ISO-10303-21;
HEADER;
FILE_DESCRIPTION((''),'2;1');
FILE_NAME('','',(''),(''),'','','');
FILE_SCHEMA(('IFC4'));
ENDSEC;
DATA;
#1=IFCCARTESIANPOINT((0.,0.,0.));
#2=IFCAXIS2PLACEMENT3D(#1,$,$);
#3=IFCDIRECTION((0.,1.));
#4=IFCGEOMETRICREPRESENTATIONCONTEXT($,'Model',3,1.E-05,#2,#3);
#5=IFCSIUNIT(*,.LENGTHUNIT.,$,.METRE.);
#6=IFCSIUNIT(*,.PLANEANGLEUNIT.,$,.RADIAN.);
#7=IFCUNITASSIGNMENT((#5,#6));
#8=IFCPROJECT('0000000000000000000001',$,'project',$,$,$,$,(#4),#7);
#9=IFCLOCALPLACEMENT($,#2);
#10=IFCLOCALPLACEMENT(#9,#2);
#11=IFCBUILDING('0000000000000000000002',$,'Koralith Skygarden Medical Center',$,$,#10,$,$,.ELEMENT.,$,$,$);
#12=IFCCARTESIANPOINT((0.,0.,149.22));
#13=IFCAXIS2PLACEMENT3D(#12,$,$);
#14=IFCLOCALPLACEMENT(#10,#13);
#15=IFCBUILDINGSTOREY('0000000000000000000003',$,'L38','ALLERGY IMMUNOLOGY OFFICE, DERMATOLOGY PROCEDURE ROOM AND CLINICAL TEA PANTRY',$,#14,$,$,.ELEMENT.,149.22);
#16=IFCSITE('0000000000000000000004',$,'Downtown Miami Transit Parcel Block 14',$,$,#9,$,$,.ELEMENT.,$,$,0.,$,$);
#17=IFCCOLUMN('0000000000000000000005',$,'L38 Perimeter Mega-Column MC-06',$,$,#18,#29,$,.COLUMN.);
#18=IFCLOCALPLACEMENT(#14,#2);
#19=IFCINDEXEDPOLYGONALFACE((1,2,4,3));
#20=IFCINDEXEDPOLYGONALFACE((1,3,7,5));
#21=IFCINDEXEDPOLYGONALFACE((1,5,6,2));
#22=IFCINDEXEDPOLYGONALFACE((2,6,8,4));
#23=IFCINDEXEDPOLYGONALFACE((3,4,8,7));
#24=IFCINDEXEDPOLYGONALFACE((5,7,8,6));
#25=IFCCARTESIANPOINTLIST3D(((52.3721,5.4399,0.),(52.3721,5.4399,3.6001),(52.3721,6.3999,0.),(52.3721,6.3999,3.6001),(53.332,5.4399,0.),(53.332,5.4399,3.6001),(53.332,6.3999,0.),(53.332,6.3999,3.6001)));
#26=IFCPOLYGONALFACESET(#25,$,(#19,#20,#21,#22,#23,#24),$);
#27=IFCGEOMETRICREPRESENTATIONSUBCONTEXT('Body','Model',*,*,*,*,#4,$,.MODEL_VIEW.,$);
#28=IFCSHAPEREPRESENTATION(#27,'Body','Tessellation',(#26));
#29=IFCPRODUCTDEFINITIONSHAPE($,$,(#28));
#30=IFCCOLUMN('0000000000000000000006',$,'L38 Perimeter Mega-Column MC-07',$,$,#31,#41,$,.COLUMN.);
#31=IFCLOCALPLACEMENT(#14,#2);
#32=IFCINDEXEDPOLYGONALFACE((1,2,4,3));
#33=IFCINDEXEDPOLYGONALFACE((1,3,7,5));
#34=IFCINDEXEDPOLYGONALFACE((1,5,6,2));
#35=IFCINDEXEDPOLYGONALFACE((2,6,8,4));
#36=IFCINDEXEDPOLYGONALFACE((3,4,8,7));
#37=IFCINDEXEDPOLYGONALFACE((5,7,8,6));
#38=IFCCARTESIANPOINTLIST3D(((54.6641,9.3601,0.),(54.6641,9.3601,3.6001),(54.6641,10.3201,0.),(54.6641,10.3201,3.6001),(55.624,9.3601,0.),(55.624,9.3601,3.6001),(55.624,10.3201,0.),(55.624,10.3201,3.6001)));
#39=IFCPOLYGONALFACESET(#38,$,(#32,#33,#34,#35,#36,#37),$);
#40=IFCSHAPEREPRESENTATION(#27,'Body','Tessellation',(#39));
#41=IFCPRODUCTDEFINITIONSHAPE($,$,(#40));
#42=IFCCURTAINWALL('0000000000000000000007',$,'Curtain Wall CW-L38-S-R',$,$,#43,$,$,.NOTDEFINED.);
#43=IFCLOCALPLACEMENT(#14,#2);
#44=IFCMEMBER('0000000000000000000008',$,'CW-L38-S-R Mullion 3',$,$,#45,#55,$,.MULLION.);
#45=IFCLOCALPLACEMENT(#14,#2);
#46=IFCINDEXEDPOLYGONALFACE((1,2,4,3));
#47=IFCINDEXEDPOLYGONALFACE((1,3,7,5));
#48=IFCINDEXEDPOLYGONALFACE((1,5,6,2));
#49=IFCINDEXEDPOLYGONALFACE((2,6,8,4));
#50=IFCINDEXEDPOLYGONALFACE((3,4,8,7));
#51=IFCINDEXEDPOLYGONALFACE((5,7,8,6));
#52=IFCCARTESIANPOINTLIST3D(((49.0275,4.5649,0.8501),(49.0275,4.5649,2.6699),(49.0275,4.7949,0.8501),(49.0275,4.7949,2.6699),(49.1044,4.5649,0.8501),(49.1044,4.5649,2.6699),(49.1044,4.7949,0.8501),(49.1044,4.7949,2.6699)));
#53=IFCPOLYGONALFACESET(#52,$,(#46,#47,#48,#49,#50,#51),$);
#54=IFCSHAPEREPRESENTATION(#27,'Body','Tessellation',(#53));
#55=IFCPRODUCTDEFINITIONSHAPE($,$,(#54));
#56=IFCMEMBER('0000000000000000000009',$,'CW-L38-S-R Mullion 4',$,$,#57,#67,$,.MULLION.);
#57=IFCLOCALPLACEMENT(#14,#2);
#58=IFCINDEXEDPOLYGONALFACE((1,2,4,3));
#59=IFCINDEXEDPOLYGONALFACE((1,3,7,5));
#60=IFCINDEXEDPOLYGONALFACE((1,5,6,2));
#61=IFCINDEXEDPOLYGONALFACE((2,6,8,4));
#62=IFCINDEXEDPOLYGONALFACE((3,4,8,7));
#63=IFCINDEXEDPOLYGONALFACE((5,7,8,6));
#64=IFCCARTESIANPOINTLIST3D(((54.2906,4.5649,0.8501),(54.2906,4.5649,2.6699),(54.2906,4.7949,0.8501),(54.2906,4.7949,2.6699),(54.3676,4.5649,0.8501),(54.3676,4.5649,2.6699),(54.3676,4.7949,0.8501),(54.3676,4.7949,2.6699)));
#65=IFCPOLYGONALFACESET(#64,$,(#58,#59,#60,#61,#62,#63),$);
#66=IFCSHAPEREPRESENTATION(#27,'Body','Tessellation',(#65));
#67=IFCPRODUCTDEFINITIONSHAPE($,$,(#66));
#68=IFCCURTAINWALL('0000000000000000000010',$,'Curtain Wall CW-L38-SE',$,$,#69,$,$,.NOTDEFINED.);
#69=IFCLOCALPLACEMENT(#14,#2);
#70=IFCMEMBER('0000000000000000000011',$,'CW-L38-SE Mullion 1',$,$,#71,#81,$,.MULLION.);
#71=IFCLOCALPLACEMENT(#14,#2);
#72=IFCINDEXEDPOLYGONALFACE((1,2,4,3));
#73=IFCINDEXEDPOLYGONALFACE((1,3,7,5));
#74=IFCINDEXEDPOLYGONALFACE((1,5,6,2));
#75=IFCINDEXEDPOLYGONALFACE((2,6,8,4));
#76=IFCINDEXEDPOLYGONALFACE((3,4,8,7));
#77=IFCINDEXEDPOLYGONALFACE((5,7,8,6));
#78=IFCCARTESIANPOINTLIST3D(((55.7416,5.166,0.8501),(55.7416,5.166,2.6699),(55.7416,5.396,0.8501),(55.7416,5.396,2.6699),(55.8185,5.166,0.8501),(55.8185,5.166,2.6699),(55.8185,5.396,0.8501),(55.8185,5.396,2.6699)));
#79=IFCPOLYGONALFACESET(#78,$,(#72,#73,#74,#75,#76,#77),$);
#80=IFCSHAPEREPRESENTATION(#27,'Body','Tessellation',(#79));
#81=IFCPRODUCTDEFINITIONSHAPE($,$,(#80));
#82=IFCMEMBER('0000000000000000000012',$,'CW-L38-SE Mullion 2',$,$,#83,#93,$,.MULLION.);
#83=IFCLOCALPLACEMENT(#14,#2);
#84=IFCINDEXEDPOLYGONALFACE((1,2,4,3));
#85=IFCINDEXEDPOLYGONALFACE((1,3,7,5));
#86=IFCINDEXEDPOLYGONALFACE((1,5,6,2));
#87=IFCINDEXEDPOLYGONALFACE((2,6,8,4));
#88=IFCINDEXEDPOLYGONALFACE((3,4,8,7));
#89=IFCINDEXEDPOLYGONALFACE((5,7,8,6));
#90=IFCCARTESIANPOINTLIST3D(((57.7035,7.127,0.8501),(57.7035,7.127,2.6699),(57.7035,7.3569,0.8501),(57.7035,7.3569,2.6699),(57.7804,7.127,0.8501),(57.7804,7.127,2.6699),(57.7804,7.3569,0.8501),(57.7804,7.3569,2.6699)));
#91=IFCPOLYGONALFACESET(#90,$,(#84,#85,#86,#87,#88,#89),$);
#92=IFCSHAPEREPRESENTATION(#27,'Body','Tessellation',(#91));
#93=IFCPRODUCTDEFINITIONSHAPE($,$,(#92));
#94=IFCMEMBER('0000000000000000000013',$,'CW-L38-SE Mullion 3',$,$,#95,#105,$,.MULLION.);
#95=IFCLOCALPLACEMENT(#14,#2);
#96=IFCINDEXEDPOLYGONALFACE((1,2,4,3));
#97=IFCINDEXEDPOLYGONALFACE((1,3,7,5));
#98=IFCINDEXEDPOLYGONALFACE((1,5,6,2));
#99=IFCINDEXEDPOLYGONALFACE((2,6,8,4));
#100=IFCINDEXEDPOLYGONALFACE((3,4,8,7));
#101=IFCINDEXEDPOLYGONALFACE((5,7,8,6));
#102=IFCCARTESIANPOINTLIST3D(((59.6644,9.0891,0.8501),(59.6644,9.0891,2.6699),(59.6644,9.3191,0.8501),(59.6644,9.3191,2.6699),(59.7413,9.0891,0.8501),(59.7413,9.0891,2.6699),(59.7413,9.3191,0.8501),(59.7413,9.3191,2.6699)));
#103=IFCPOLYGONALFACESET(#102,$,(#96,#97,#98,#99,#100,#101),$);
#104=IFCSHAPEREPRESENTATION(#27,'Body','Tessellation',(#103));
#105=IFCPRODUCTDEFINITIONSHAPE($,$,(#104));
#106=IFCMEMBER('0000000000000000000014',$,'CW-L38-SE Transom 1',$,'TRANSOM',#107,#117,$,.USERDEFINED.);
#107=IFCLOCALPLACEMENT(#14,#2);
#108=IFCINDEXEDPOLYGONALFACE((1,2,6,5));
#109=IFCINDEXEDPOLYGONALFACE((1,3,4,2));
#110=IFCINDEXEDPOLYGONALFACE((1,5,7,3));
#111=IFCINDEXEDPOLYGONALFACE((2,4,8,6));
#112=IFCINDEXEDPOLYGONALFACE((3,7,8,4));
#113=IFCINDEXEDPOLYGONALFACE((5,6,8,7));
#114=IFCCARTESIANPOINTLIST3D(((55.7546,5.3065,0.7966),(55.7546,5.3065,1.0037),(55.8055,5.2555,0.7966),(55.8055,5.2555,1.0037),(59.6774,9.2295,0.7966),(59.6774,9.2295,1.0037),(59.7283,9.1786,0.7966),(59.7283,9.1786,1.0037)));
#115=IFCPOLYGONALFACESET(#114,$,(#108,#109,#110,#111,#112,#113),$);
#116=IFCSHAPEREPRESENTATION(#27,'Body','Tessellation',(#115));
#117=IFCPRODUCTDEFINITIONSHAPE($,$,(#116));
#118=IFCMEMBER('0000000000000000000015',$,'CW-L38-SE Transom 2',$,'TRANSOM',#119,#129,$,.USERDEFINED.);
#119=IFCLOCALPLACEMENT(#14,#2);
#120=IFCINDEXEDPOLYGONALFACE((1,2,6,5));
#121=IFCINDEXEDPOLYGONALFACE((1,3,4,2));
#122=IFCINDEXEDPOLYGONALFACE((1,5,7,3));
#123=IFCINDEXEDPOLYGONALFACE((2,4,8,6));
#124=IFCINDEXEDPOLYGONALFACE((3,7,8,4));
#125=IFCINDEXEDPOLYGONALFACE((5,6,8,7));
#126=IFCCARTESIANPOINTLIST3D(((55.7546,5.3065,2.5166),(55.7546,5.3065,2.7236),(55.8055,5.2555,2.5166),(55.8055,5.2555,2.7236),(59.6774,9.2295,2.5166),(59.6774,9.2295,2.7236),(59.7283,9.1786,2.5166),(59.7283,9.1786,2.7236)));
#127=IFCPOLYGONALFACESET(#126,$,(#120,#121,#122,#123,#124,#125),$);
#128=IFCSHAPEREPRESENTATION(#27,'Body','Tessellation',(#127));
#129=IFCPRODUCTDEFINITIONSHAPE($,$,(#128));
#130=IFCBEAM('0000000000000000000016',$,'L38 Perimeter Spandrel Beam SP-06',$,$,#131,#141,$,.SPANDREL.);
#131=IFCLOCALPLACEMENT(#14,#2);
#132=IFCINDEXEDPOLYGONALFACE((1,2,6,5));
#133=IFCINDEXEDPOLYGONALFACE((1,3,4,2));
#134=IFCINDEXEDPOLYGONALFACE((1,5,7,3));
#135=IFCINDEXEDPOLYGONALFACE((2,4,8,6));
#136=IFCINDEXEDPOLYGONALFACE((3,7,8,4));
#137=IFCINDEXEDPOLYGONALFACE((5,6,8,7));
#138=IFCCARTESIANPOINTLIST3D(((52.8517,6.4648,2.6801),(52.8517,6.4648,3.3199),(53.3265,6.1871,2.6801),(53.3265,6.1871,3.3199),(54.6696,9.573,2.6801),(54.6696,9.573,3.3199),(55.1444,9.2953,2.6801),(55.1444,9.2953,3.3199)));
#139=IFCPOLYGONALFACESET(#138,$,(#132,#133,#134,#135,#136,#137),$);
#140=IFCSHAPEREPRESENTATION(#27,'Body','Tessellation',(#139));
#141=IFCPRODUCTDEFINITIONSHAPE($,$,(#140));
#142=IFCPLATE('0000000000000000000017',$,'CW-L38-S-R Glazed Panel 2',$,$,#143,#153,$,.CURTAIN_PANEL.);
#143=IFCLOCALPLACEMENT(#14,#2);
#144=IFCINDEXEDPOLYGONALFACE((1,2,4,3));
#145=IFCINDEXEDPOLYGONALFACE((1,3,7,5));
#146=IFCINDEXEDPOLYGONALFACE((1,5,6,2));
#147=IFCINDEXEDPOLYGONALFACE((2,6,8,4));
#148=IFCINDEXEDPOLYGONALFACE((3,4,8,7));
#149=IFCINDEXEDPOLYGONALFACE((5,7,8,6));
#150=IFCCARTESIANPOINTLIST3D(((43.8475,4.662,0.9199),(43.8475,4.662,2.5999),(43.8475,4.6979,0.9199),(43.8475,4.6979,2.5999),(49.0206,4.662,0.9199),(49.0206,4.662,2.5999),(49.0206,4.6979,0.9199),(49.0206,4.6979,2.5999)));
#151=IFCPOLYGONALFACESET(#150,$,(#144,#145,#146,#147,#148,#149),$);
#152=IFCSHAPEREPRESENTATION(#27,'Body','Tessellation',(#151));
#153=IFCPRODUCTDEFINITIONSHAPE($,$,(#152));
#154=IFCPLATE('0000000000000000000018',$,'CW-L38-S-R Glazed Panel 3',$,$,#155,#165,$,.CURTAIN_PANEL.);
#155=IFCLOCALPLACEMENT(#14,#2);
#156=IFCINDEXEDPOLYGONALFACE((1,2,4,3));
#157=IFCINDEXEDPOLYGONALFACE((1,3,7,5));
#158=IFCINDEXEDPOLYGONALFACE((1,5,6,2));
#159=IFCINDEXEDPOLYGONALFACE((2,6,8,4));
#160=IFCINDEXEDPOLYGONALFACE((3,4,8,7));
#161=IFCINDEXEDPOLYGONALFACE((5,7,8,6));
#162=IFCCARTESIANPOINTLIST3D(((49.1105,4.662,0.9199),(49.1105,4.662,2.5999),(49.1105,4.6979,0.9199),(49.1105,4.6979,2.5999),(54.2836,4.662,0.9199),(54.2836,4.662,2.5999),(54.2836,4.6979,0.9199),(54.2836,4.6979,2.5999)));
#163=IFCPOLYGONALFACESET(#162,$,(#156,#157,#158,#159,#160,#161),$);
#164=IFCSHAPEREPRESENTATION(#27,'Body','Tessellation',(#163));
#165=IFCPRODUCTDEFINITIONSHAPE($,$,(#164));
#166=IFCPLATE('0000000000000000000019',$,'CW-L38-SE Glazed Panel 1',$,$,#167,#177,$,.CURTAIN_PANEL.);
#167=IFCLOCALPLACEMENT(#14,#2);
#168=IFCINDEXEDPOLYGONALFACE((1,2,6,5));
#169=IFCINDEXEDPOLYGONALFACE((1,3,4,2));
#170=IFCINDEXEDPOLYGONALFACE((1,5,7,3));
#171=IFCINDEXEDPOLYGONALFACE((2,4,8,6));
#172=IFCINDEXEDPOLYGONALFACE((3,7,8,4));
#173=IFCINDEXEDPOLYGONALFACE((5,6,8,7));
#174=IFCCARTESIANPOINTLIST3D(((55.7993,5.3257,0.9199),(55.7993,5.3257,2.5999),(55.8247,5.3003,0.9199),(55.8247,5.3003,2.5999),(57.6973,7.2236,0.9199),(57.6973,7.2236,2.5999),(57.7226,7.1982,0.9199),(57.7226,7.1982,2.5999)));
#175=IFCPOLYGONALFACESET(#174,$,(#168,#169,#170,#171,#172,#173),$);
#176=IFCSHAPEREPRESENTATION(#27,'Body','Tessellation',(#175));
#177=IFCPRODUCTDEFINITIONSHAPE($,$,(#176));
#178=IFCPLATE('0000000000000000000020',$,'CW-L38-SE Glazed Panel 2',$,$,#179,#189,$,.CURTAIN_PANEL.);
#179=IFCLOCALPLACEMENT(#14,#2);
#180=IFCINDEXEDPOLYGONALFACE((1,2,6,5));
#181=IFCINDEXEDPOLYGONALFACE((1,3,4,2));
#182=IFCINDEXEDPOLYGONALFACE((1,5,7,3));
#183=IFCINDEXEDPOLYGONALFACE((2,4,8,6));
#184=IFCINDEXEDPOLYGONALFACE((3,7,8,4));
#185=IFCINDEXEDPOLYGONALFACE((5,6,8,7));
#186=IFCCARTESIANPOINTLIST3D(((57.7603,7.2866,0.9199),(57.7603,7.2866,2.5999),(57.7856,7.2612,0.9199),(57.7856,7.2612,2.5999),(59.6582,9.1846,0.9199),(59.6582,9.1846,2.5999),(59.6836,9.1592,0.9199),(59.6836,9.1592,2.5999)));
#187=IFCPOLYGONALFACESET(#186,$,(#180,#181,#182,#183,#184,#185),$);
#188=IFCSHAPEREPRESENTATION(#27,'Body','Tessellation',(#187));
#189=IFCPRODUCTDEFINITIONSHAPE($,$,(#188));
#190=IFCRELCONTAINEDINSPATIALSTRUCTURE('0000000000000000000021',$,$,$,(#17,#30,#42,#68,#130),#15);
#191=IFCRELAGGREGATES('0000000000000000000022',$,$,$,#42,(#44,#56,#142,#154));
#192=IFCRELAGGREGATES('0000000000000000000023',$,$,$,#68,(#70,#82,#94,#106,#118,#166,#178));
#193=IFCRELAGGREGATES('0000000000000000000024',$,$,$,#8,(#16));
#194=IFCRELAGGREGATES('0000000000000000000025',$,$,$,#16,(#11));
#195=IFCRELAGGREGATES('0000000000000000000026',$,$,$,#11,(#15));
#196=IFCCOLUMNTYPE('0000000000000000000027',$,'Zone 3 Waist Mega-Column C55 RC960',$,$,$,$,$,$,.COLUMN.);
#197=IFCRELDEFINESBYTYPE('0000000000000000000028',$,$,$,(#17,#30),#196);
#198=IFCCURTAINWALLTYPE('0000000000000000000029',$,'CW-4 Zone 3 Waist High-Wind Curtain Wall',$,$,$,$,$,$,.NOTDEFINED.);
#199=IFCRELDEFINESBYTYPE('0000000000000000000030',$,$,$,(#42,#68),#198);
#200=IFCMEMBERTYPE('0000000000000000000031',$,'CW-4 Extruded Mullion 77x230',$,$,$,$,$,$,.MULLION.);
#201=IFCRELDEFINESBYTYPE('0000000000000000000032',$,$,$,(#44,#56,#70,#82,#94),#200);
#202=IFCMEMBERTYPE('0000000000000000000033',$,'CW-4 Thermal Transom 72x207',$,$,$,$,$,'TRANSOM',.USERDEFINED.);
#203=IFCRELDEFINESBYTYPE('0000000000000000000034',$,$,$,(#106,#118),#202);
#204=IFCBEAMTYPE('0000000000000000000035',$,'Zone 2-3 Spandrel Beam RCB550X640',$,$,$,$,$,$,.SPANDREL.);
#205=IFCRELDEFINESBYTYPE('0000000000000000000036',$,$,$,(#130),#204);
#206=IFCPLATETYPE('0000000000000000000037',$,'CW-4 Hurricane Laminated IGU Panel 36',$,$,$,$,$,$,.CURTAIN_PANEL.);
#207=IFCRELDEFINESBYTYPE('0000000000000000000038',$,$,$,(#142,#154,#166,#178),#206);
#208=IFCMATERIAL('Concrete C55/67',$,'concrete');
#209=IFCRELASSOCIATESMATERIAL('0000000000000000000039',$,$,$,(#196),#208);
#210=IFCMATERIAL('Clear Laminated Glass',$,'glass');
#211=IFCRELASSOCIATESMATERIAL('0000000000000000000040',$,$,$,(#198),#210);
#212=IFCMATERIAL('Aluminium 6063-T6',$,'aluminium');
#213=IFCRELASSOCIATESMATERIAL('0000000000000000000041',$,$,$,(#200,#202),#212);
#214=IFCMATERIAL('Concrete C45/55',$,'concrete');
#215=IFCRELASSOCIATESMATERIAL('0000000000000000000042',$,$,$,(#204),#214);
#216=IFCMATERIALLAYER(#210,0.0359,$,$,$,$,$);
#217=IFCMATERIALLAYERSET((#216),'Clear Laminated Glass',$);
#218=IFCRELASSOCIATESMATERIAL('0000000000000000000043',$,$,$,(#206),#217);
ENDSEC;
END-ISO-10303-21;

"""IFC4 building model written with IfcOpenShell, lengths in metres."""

from ifc_helpers import new_model, si_unit, direction, frame, origin, origin_2d, place, context, subcontext, project, spatial, rectangle, extrude, material, layer, layer_set, material_profile, profile_set, type_object, element, aggregate, save


model = new_model("IFC4")

# Units and contexts
model_context = context("Model", 3, precision=1e-05, world=origin(), true_north=direction((0.0, 1.0)))
body_context = subcontext(model_context, "Body", "Model", "MODEL_VIEW")
ifc_project = project(units=[si_unit("LENGTHUNIT", "METRE"), si_unit("PLANEANGLEUNIT", "RADIAN")], contexts=[model_context])

# Site, building, storey
site_placement = place(None, origin())
site = spatial("IfcSite", under=ifc_project, at=site_placement, Name="Downtown Miami Transit Parcel Block 14", CompositionType="ELEMENT", RefElevation=0.0)
building_placement = place(site_placement, origin())
building = spatial("IfcBuilding", under=site, at=building_placement, Name="Koralith Skygarden Medical Center", CompositionType="ELEMENT")
storey_placement = place(building_placement, frame((0.0, 0.0, 149.22)))
storey = spatial("IfcBuildingStorey", under=building, at=storey_placement, Name="L38", Description="ALLERGY IMMUNOLOGY OFFICE, DERMATOLOGY PROCEDURE ROOM AND CLINICAL TEA PANTRY", CompositionType="ELEMENT", Elevation=149.22)

# Columns
ifc_material_1 = material(Name="Concrete C55/67", Category="concrete")
ifc_material_profile_1 = material_profile(ifc_material_1, rectangle(XDim=0.96, YDim=0.96, at=origin_2d()), Name="RC960X960")
ifc_profile_set_1 = profile_set([ifc_material_profile_1], Name="Concrete C55/67")
column_type = type_object("IfcColumnType", Name="Zone 3 Waist Mega-Column C55 RC960", PredefinedType="COLUMN", material=ifc_profile_set_1)
for number, where, z_axis, x_axis, name in (
    (1, (52.8521, 5.9199, 0.0), (0.0, 0.0, 1.0), (1.0, 0.0, 0.0), "L38 Perimeter Mega-Column MC-06"),
    (2, (55.144, 9.8401, 0.0), (0.0, 0.0, 1.0), (1.0, 0.0, 0.0), "L38 Perimeter Mega-Column MC-07"),
):
    element("IfcColumn", number, at=place(storey_placement, frame(where, z_axis=z_axis, x_axis=x_axis)), inside=storey, type_object=column_type, Name=name, PredefinedType="COLUMN", context=body_context, shape_type="SweptSolid", body=[
        extrude(rectangle(XDim=0.96, YDim=0.96, at=origin_2d()), origin(), (0.0, 0.0, 1.0), 3.6001),
    ])

# Curtain walls, members
ifc_material_2 = material(Name="Clear Laminated Glass", Category="glass")
curtain_wall_type = type_object("IfcCurtainWallType", Name="CW-4 Zone 3 Waist High-Wind Curtain Wall", PredefinedType="NOTDEFINED", material=ifc_material_2)
curtain_wall_1_placement = place(storey_placement, origin())
curtain_wall_1 = element("IfcCurtainWall", 3, at=curtain_wall_1_placement, inside=storey, type_object=curtain_wall_type, Name="Curtain Wall CW-L38-S-R", PredefinedType="NOTDEFINED")
ifc_material_3 = material(Name="Aluminium 6063-T6", Category="aluminium")
ifc_material_profile_2 = material_profile(ifc_material_3, rectangle(XDim=0.0769, YDim=0.23, at=origin_2d()), Name="MUL77X230")
ifc_profile_set_2 = profile_set([ifc_material_profile_2], Name="Aluminium 6063-T6")
member_type_1 = type_object("IfcMemberType", Name="CW-4 Extruded Mullion 77x230", PredefinedType="MULLION", material=ifc_profile_set_2)
member_1_placement = place(storey_placement, frame((49.0659, 4.6799, 0.8501), z_axis=(0.0, 0.0, 1.0), x_axis=(1.0, 0.0, 0.0)))
member_1 = element("IfcMember", 4, at=member_1_placement, type_object=member_type_1, Name="CW-L38-S-R Mullion 3", PredefinedType="MULLION", context=body_context, shape_type="SweptSolid", body=[
    extrude(rectangle(XDim=0.0769, YDim=0.23, at=origin_2d()), origin(), (0.0, 0.0, 1.0), 1.8198),
])
member_2_placement = place(storey_placement, frame((54.3291, 4.6799, 0.8501), z_axis=(0.0, 0.0, 1.0), x_axis=(1.0, 0.0, 0.0)))
member_2 = element("IfcMember", 5, at=member_2_placement, type_object=member_type_1, Name="CW-L38-S-R Mullion 4", PredefinedType="MULLION", context=body_context, shape_type="SweptSolid", body=[
    extrude(rectangle(XDim=0.0769, YDim=0.23, at=origin_2d()), origin(), (0.0, 0.0, 1.0), 1.8198),
])
curtain_wall_2_placement = place(storey_placement, origin())
curtain_wall_2 = element("IfcCurtainWall", 6, at=curtain_wall_2_placement, inside=storey, type_object=curtain_wall_type, Name="Curtain Wall CW-L38-SE", PredefinedType="NOTDEFINED")
member_3_placement = place(storey_placement, frame((55.78, 5.281, 0.8501), z_axis=(0.0, 0.0, 1.0), x_axis=(1.0, 0.0, 0.0)))
member_3 = element("IfcMember", 7, at=member_3_placement, type_object=member_type_1, Name="CW-L38-SE Mullion 1", PredefinedType="MULLION", context=body_context, shape_type="SweptSolid", body=[
    extrude(rectangle(XDim=0.0769, YDim=0.23, at=origin_2d()), origin(), (0.0, 0.0, 1.0), 1.8198),
])
member_4_placement = place(storey_placement, frame((57.7419, 7.2419, 0.8501), z_axis=(0.0, 0.0, 1.0), x_axis=(1.0, 0.0, 0.0)))
member_4 = element("IfcMember", 8, at=member_4_placement, type_object=member_type_1, Name="CW-L38-SE Mullion 2", PredefinedType="MULLION", context=body_context, shape_type="SweptSolid", body=[
    extrude(rectangle(XDim=0.0769, YDim=0.23, at=origin_2d()), origin(), (0.0, 0.0, 1.0), 1.8198),
])
member_5_placement = place(storey_placement, frame((59.7029, 9.2041, 0.8501), z_axis=(0.0, 0.0, 1.0), x_axis=(1.0, 0.0, 0.0)))
member_5 = element("IfcMember", 9, at=member_5_placement, type_object=member_type_1, Name="CW-L38-SE Mullion 3", PredefinedType="MULLION", context=body_context, shape_type="SweptSolid", body=[
    extrude(rectangle(XDim=0.0769, YDim=0.23, at=origin_2d()), origin(), (0.0, 0.0, 1.0), 1.8198),
])
ifc_material_profile_3 = material_profile(ifc_material_3, rectangle(XDim=0.072, YDim=0.207, at=origin_2d()), Name="TRN72X207")
ifc_profile_set_3 = profile_set([ifc_material_profile_3], Name="Aluminium 6063-T6")
member_type_2 = type_object("IfcMemberType", Name="CW-4 Thermal Transom 72x207", ElementType="TRANSOM", PredefinedType="USERDEFINED", material=ifc_profile_set_3)
member_6_placement = place(storey_placement, frame((55.78, 5.281, 0.9001), z_axis=(0.707085, 0.707129, 0.0), x_axis=(-0.707129, 0.707085, 0.0)))
member_6 = element("IfcMember", 10, at=member_6_placement, type_object=member_type_2, Name="CW-L38-SE Transom 1", ObjectType="TRANSOM", PredefinedType="USERDEFINED", context=body_context, shape_type="SweptSolid", body=[
    extrude(rectangle(XDim=0.072, YDim=0.207, at=origin_2d()), origin(), (0.0, 0.0, 1.0), 5.5479),
])
member_7_placement = place(storey_placement, frame((55.78, 5.281, 2.6201), z_axis=(0.707085, 0.707129, 0.0), x_axis=(-0.707129, 0.707085, 0.0)))
member_7 = element("IfcMember", 11, at=member_7_placement, type_object=member_type_2, Name="CW-L38-SE Transom 2", ObjectType="TRANSOM", PredefinedType="USERDEFINED", context=body_context, shape_type="SweptSolid", body=[
    extrude(rectangle(XDim=0.072, YDim=0.207, at=origin_2d()), origin(), (0.0, 0.0, 1.0), 5.5479),
])

# Beam
ifc_material_4 = material(Name="Concrete C45/55", Category="concrete")
ifc_material_profile_4 = material_profile(ifc_material_4, rectangle(XDim=0.55, YDim=0.6399, at=origin_2d()), Name="RCB550X640")
ifc_profile_set_4 = profile_set([ifc_material_profile_4], Name="Concrete C45/55")
beam_type = type_object("IfcBeamType", Name="Zone 2-3 Spandrel Beam RCB550X640", PredefinedType="SPANDREL", material=ifc_profile_set_4)
beam_placement = place(storey_placement, frame((53.0891, 6.3259, 3.0), z_axis=(0.504861, 0.8632, 0.0), x_axis=(-0.8632, 0.504861, 0.0)))
element("IfcBeam", 12, at=beam_placement, inside=storey, type_object=beam_type, Name="L38 Perimeter Spandrel Beam SP-06", PredefinedType="SPANDREL", context=body_context, shape_type="SweptSolid", body=[
    extrude(rectangle(XDim=0.55, YDim=0.6399, at=origin_2d()), origin(), (0.0, 0.0, 1.0), 3.6008),
])

# Plates
ifc_layer_1 = layer(ifc_material_2, 0.0359)
ifc_layer_set_1 = layer_set([ifc_layer_1], Name="Clear Laminated Glass")
plate_type_1 = type_object("IfcPlateType", Name="CW-4 Hurricane Laminated IGU Panel 36", PredefinedType="CURTAIN_PANEL", material=ifc_layer_set_1)
plate_1_placement = place(storey_placement, frame((46.4341, 4.6799, 0.9199), z_axis=(0.0, 0.0, 1.0), x_axis=(1.0, 0.0, 0.0)))
plate_1 = element("IfcPlate", 13, at=plate_1_placement, type_object=plate_type_1, Name="CW-L38-S-R Glazed Panel 2", PredefinedType="CURTAIN_PANEL", context=body_context, shape_type="SweptSolid", body=[
    extrude(rectangle(XDim=5.1731, YDim=0.0359, at=origin_2d()), origin(), (0.0, 0.0, 1.0), 1.6799),
])
plate_2_placement = place(storey_placement, frame((51.697, 4.6799, 0.9199), z_axis=(0.0, 0.0, 1.0), x_axis=(1.0, 0.0, 0.0)))
plate_2 = element("IfcPlate", 14, at=plate_2_placement, type_object=plate_type_1, Name="CW-L38-S-R Glazed Panel 3", PredefinedType="CURTAIN_PANEL", context=body_context, shape_type="SweptSolid", body=[
    extrude(rectangle(XDim=5.1731, YDim=0.0359, at=origin_2d()), origin(), (0.0, 0.0, 1.0), 1.6799),
])
aggregate(curtain_wall_1, [member_1, member_2, plate_1, plate_2])
plate_3_placement = place(storey_placement, frame((56.761, 6.262, 0.9199), z_axis=(0.0, 0.0, 1.0), x_axis=(0.707107, 0.707107, 0.0)))
plate_3 = element("IfcPlate", 15, at=plate_3_placement, type_object=plate_type_1, Name="CW-L38-SE Glazed Panel 1", PredefinedType="CURTAIN_PANEL", context=body_context, shape_type="SweptSolid", body=[
    extrude(rectangle(XDim=2.6841, YDim=0.0359, at=origin_2d()), origin(), (0.0, 0.0, 1.0), 1.6799),
])
plate_4_placement = place(storey_placement, frame((58.7219, 8.2229, 0.9199), z_axis=(0.0, 0.0, 1.0), x_axis=(0.707107, 0.707107, 0.0)))
plate_4 = element("IfcPlate", 16, at=plate_4_placement, type_object=plate_type_1, Name="CW-L38-SE Glazed Panel 2", PredefinedType="CURTAIN_PANEL", context=body_context, shape_type="SweptSolid", body=[
    extrude(rectangle(XDim=2.6841, YDim=0.0359, at=origin_2d()), origin(), (0.0, 0.0, 1.0), 1.6799),
])
aggregate(curtain_wall_2, [member_3, member_4, member_5, member_6, member_7, plate_3, plate_4])

save(model, "model.ifc")
